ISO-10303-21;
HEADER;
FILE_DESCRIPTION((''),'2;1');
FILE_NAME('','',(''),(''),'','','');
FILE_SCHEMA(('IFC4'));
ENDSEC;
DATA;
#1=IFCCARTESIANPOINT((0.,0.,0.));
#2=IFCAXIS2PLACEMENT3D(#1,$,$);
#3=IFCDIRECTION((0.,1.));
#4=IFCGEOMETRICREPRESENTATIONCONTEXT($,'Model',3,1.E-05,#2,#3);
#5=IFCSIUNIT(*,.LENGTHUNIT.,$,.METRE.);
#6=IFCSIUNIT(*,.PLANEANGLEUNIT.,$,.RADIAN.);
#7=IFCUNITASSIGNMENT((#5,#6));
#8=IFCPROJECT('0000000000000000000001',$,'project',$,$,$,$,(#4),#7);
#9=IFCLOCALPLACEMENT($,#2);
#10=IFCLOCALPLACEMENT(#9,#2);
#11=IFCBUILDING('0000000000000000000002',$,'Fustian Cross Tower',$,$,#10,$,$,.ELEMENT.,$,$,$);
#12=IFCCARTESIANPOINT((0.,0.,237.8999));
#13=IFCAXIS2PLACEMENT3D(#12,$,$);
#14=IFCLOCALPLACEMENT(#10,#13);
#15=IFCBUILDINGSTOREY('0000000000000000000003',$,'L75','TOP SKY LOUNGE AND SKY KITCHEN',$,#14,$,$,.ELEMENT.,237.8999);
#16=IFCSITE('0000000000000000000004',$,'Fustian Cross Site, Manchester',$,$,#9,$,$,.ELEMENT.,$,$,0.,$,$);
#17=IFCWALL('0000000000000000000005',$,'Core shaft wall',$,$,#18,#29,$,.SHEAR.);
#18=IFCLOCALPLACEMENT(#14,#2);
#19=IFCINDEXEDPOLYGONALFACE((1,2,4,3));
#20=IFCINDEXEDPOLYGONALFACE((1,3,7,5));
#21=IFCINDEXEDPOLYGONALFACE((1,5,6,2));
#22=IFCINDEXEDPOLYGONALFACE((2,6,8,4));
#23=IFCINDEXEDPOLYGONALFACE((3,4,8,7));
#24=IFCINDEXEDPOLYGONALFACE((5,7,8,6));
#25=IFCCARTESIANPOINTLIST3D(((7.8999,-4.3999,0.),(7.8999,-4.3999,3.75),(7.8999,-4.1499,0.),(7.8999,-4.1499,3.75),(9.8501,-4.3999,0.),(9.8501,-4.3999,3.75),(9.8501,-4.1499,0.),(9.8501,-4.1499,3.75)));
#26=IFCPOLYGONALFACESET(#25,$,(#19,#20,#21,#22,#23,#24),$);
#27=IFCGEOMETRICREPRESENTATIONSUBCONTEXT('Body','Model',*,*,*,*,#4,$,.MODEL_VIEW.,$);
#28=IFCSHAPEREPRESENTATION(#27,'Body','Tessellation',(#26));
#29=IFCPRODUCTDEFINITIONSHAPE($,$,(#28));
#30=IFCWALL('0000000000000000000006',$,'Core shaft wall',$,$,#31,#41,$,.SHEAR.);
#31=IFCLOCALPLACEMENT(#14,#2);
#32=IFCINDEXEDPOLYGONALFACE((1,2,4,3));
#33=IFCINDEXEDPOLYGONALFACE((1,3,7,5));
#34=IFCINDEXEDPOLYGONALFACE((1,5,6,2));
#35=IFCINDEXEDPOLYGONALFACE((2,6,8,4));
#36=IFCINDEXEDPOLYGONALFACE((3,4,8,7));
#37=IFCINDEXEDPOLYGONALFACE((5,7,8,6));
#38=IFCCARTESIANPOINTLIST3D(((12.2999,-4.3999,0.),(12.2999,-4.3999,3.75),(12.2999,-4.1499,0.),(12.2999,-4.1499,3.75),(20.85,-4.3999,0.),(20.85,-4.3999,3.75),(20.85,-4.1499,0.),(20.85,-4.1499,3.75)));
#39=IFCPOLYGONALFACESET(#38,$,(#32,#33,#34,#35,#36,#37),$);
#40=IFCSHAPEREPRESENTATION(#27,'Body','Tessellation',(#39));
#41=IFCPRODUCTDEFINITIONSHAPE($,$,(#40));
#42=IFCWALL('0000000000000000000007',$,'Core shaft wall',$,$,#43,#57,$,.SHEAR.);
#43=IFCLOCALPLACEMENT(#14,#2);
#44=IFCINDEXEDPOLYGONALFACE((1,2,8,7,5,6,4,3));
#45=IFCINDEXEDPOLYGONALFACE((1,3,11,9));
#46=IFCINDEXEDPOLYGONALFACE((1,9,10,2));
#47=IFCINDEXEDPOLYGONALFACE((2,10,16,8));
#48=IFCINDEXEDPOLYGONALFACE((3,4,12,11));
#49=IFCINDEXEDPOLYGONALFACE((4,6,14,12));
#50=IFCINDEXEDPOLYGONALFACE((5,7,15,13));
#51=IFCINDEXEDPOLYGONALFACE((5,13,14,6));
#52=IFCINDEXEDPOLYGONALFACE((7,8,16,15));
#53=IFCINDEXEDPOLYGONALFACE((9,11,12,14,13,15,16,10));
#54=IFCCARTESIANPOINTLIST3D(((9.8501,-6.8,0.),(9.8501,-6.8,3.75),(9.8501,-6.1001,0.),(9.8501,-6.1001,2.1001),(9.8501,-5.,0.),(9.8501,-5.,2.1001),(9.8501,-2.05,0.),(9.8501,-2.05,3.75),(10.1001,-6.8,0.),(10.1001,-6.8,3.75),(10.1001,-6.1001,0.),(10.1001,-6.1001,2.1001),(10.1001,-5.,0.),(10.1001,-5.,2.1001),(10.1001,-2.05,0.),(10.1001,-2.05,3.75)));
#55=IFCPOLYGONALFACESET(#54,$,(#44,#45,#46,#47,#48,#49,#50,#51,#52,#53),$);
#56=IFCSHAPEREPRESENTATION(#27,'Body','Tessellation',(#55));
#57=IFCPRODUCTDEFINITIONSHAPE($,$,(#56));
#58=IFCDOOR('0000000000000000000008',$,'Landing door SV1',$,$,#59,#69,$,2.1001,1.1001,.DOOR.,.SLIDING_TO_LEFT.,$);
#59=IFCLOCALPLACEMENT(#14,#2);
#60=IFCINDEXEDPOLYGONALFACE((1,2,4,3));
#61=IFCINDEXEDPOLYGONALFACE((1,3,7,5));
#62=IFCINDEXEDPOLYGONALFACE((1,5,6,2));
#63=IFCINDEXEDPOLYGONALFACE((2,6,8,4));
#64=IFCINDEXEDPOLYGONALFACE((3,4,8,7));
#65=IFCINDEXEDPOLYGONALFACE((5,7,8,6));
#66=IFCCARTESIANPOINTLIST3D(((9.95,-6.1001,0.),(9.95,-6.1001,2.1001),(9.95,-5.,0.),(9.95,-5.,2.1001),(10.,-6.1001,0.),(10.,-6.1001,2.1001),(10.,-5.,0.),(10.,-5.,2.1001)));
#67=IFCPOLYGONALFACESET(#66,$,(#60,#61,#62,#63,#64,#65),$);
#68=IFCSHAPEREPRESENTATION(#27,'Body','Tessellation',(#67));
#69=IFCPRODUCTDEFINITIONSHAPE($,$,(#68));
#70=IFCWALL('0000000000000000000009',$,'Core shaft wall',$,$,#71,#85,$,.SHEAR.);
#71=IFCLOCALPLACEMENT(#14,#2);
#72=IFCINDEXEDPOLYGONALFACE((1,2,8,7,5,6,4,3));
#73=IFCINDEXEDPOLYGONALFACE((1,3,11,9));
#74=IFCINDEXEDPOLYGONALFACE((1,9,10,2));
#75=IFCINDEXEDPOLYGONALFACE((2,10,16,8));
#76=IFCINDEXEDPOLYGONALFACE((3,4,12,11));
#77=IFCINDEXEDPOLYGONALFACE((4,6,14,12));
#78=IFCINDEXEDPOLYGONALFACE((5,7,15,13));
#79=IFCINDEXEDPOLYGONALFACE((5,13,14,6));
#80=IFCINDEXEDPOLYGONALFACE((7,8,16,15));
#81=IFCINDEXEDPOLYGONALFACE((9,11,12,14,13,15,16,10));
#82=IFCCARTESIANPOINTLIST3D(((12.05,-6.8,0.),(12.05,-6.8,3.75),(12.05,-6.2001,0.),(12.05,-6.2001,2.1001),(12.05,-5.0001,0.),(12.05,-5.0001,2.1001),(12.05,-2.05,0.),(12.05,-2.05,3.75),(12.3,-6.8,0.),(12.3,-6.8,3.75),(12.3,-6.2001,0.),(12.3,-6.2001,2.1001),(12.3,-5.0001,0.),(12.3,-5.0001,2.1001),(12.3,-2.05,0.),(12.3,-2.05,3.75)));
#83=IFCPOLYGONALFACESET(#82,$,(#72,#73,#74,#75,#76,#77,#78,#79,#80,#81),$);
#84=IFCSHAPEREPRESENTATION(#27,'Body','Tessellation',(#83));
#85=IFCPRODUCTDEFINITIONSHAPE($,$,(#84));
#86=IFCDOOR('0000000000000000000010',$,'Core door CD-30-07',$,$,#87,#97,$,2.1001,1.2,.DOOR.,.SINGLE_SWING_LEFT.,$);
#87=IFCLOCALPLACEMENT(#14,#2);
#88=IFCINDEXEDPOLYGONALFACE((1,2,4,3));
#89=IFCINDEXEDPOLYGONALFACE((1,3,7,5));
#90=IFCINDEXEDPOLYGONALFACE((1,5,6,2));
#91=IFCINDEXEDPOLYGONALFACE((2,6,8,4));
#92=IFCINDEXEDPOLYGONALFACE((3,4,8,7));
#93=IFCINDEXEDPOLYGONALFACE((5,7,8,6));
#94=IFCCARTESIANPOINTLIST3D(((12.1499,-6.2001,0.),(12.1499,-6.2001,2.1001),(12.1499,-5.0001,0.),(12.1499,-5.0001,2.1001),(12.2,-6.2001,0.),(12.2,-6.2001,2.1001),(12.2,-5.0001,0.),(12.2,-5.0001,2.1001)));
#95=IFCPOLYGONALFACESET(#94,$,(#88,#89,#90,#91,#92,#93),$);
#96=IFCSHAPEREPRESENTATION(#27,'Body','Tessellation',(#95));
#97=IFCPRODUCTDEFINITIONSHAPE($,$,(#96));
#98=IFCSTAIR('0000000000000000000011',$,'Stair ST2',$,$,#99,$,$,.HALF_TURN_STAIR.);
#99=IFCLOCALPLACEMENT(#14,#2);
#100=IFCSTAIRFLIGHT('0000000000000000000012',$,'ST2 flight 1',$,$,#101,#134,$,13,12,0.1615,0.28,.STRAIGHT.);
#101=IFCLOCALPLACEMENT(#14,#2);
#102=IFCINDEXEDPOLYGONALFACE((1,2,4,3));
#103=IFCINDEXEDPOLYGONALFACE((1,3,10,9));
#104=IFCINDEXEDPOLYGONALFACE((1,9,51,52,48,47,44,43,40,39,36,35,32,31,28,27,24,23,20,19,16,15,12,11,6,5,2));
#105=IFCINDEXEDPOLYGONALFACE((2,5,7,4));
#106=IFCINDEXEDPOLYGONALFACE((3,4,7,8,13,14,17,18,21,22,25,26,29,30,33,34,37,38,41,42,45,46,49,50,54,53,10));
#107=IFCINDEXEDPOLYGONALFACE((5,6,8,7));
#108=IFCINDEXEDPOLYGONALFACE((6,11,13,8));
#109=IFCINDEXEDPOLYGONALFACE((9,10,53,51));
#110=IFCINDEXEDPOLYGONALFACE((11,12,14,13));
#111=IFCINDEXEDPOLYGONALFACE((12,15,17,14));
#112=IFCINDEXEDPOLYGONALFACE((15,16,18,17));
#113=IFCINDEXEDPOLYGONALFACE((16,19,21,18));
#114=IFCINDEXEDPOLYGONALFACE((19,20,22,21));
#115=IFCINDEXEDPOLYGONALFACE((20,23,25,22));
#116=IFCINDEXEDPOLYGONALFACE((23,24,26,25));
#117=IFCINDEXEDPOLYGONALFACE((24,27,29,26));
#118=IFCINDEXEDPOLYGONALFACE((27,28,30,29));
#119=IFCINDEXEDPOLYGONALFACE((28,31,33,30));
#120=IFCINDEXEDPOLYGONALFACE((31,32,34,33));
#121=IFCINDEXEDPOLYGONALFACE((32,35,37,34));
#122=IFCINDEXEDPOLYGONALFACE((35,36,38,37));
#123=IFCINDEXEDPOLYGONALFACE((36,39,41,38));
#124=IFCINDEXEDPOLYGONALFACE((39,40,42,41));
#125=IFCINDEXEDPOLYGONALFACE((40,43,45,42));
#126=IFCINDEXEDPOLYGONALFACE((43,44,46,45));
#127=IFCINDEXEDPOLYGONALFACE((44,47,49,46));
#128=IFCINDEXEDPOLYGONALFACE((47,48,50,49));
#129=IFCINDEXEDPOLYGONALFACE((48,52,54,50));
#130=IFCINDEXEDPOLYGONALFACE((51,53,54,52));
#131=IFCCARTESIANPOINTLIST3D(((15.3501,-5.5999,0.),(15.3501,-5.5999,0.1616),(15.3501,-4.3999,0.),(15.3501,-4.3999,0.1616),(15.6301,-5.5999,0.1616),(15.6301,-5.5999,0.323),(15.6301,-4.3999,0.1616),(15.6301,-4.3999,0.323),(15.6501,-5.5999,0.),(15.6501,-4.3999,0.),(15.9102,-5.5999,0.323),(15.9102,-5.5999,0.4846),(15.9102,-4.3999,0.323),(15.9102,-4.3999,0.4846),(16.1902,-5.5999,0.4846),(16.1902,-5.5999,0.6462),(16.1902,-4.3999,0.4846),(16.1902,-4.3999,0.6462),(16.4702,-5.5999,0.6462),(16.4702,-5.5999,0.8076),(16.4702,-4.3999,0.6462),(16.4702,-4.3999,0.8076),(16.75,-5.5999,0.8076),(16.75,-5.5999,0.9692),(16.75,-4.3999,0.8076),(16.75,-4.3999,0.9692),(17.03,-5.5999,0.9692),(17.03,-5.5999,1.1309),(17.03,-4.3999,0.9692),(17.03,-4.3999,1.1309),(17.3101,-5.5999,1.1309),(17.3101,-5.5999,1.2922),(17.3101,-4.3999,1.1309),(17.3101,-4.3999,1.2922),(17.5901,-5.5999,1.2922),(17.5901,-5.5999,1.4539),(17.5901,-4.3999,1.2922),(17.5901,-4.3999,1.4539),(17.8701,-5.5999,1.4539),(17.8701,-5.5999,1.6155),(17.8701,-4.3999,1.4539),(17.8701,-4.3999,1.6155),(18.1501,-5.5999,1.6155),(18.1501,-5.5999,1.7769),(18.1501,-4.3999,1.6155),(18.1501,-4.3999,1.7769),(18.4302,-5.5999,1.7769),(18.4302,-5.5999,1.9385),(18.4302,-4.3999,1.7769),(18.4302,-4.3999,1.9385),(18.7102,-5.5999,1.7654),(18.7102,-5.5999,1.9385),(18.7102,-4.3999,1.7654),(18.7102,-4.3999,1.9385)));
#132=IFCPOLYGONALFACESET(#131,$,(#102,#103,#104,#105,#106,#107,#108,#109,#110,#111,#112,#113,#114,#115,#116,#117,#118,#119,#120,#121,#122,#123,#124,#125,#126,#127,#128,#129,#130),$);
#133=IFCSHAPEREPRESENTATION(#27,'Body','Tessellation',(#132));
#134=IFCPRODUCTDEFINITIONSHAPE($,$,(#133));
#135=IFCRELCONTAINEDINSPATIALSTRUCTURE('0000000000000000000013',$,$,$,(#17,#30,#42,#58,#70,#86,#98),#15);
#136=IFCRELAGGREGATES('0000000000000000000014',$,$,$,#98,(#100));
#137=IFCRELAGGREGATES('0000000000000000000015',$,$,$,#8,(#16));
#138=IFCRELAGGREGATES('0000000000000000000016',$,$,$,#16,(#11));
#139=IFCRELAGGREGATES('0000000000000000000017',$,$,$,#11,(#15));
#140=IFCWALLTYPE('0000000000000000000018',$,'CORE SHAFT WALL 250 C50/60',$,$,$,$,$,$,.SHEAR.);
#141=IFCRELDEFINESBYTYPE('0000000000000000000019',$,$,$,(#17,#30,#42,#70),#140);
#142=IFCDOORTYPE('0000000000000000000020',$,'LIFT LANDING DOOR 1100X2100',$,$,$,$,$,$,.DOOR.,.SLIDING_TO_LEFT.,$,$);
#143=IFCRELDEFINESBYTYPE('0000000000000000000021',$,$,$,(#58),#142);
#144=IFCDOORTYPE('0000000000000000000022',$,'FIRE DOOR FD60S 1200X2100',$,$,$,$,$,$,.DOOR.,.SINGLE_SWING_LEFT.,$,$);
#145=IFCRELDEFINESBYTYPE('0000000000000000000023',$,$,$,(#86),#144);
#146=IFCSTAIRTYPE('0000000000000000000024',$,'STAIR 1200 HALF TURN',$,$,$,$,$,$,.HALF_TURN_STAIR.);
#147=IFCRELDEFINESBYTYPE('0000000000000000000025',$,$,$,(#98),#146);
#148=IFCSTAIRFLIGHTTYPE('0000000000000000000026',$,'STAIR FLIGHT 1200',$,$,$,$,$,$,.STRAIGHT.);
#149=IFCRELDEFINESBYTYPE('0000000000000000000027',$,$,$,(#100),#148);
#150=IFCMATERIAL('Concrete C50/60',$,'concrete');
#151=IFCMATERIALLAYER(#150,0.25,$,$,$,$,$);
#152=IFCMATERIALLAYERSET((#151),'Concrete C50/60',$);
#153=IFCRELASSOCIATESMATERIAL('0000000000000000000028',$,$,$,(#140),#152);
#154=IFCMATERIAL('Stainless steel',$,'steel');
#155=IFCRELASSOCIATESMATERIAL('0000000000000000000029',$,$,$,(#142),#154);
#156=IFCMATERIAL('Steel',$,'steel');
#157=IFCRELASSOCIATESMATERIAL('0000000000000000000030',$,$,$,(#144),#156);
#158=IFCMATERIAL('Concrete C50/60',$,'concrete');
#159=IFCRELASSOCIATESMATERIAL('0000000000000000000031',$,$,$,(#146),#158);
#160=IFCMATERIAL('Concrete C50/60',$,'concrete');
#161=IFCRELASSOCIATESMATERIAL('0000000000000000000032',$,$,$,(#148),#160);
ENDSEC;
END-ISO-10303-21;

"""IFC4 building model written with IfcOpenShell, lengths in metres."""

from ifc_helpers import new_model, si_unit, direction, frame, frame_2d, origin, place, context, subcontext, project, spatial, polyline, rectangle, outline, extrude, material, layer, layer_set, type_object, element, fill, aggregate, save


model = new_model("IFC4")

# Units and contexts
model_context = context("Model", 3, precision=1e-05, world=origin(), true_north=direction((0.0, 1.0)))
body_context = subcontext(model_context, "Body", "Model", "MODEL_VIEW")
ifc_project = project(units=[si_unit("LENGTHUNIT", "METRE"), si_unit("PLANEANGLEUNIT", "RADIAN")], contexts=[model_context])

# Site, building, storey
site_placement = place(None, origin())
site = spatial("IfcSite", under=ifc_project, at=site_placement, Name="Fustian Cross Site, Manchester", CompositionType="ELEMENT", RefElevation=0.0)
building_placement = place(site_placement, origin())
building = spatial("IfcBuilding", under=site, at=building_placement, Name="Fustian Cross Tower", CompositionType="ELEMENT")
storey_placement = place(building_placement, frame((0.0, 0.0, 237.8999)))
storey = spatial("IfcBuildingStorey", under=building, at=storey_placement, Name="L75", Description="TOP SKY LOUNGE AND SKY KITCHEN", CompositionType="ELEMENT", Elevation=237.8999)

# Walls
ifc_material_1 = material(Name="Concrete C50/60", Category="concrete")
ifc_layer_1 = layer(ifc_material_1, 0.25)
ifc_layer_set_1 = layer_set([ifc_layer_1], Name="Concrete C50/60")
wall_type_1 = type_object("IfcWallType", Name="CORE SHAFT WALL 250 C50/60", PredefinedType="SHEAR", material=ifc_layer_set_1)
wall_1_placement = place(storey_placement, frame((7.8999, -4.2749, 0.0), z_axis=(0.0, 0.0, 1.0), x_axis=(1.0, 0.0, 0.0)))
element("IfcWall", 1, at=wall_1_placement, inside=storey, type_object=wall_type_1, Name="Core shaft wall", PredefinedType="SHEAR", context=body_context, shape_type="SweptSolid", body=[
    extrude(rectangle(XDim=1.9502, YDim=0.25, at=frame_2d((0.9751, 0.0))), origin(), (0.0, 0.0, 1.0), 3.75),
])
wall_2_placement = place(storey_placement, frame((12.3, -4.2749, 0.0), z_axis=(0.0, 0.0, 1.0), x_axis=(1.0, 0.0, 0.0)))
element("IfcWall", 2, at=wall_2_placement, inside=storey, type_object=wall_type_1, Name="Core shaft wall", PredefinedType="SHEAR", context=body_context, shape_type="SweptSolid", body=[
    extrude(rectangle(XDim=8.55, YDim=0.25, at=frame_2d((4.2749, 0.0))), origin(), (0.0, 0.0, 1.0), 3.75),
])

# Walls, openings, doors
wall_3_placement = place(storey_placement, frame((9.9751, -2.05, 0.0), z_axis=(0.0, 0.0, 1.0), x_axis=(0.0, -1.0, 0.0)))
wall_3 = element("IfcWall", 3, at=wall_3_placement, inside=storey, type_object=wall_type_1, Name="Core shaft wall", PredefinedType="SHEAR", context=body_context, shape_type="SweptSolid", body=[
    extrude(rectangle(XDim=4.75, YDim=0.25, at=frame_2d((2.375, 0.0))), origin(), (0.0, 0.0, 1.0), 3.75),
])
opening_1_placement = place(wall_3_placement, frame((2.95, 0.0, 0.0)))
opening_1 = element("IfcOpeningElement", 4, at=opening_1_placement, cuts=wall_3, PredefinedType="OPENING", context=body_context, shape_type="SweptSolid", body=[
    extrude(rectangle(XDim=1.1001, YDim=2.1001, at=frame_2d((0.55, 1.05))), frame((0.0, 0.135, 0.0), z_axis=(0.0, -1.0, 0.0), x_axis=(1.0, 0.0, 0.0)), (0.0, 0.0, 1.0), 0.27),
])
ifc_material_2 = material(Name="Stainless steel", Category="steel")
door_type_1 = type_object("IfcDoorType", Name="LIFT LANDING DOOR 1100X2100", OperationType="SLIDING_TO_LEFT", PredefinedType="DOOR", material=ifc_material_2)
door_1_placement = place(opening_1_placement, origin())
door_1 = element("IfcDoor", 5, at=door_1_placement, inside=storey, type_object=door_type_1, Name="Landing door SV1", OperationType="SLIDING_TO_LEFT", OverallHeight=2.1001, OverallWidth=1.1001, PredefinedType="DOOR", context=body_context, shape_type="SweptSolid", body=[
    extrude(rectangle(XDim=1.1001, YDim=2.1001, at=frame_2d((0.55, 1.05))), frame((0.0, 0.0249, 0.0), z_axis=(0.0, -1.0, 0.0), x_axis=(1.0, 0.0, 0.0)), (0.0, 0.0, 1.0), 0.05),
])
fill(opening_1, door_1)
wall_4_placement = place(storey_placement, frame((12.175, -2.05, 0.0), z_axis=(0.0, 0.0, 1.0), x_axis=(0.0, -1.0, 0.0)))
wall_4 = element("IfcWall", 6, at=wall_4_placement, inside=storey, type_object=wall_type_1, Name="Core shaft wall", PredefinedType="SHEAR", context=body_context, shape_type="SweptSolid", body=[
    extrude(rectangle(XDim=4.75, YDim=0.25, at=frame_2d((2.375, 0.0))), origin(), (0.0, 0.0, 1.0), 3.75),
])
opening_2_placement = place(wall_4_placement, frame((2.95, 0.0, 0.0)))
opening_2 = element("IfcOpeningElement", 7, at=opening_2_placement, cuts=wall_4, PredefinedType="OPENING", context=body_context, shape_type="SweptSolid", body=[
    extrude(rectangle(XDim=1.2, YDim=2.1001, at=frame_2d((0.6001, 1.05))), frame((0.0, 0.135, 0.0), z_axis=(0.0, -1.0, 0.0), x_axis=(1.0, 0.0, 0.0)), (0.0, 0.0, 1.0), 0.27),
])
ifc_material_3 = material(Name="Steel", Category="steel")
door_type_2 = type_object("IfcDoorType", Name="FIRE DOOR FD60S 1200X2100", OperationType="SINGLE_SWING_LEFT", PredefinedType="DOOR", material=ifc_material_3)
door_2_placement = place(opening_2_placement, origin())
door_2 = element("IfcDoor", 8, at=door_2_placement, inside=storey, type_object=door_type_2, Name="Core door CD-30-07", OperationType="SINGLE_SWING_LEFT", OverallHeight=2.1001, OverallWidth=1.2, PredefinedType="DOOR", context=body_context, shape_type="SweptSolid", body=[
    extrude(rectangle(XDim=1.2, YDim=2.1001, at=frame_2d((0.6001, 1.05))), frame((0.0, 0.0249, 0.0), z_axis=(0.0, -1.0, 0.0), x_axis=(1.0, 0.0, 0.0)), (0.0, 0.0, 1.0), 0.05),
])
fill(opening_2, door_2)

# Stair, stair flight
ifc_material_4 = material(Name="Concrete C50/60", Category="concrete")
stair_type = type_object("IfcStairType", Name="STAIR 1200 HALF TURN", PredefinedType="HALF_TURN_STAIR", material=ifc_material_4)
stair_placement = place(storey_placement, origin())
stair = element("IfcStair", 9, at=stair_placement, inside=storey, type_object=stair_type, Name="Stair ST2", PredefinedType="HALF_TURN_STAIR")
ifc_material_5 = material(Name="Concrete C50/60", Category="concrete")
stair_flight_type = type_object("IfcStairFlightType", Name="STAIR FLIGHT 1200", PredefinedType="STRAIGHT", material=ifc_material_5)
stair_flight_placement = place(storey_placement, frame((15.3501, -5.0, 0.0), z_axis=(0.0, 0.0, 1.0), x_axis=(1.0, 0.0, 0.0)))
stair_flight = element("IfcStairFlight", 10, at=stair_flight_placement, type_object=stair_flight_type, Name="ST2 flight 1", NumberOfRisers=13, NumberOfTreads=12, PredefinedType="STRAIGHT", RiserHeight=0.1615, TreadLength=0.28, context=body_context, shape_type="SweptSolid", body=[
    extrude(outline(polyline([(0.0, 0.0), (0.0, 0.1616), (0.28, 0.1616), (0.28, 0.323), (0.5601, 0.323), (0.5601, 0.4846), (0.8401, 0.4846), (0.8401, 0.6462), (1.1201, 0.6462), (1.1201, 0.8076), (1.3999, 0.8076), (1.3999, 0.9692), (1.6799, 0.9692), (1.6799, 1.1309), (1.96, 1.1309), (1.96, 1.2922), (2.24, 1.2922), (2.24, 1.4539), (2.52, 1.4539), (2.52, 1.6155), (2.8, 1.6155), (2.8, 1.7769), (3.0801, 1.7769), (3.0801, 1.9385), (3.3601, 1.9385), (3.3601, 2.1001), (3.3601, 1.7654), (0.3, 0.0), (0.0, 0.0)])), frame((0.0, 0.6001, 0.0), z_axis=(0.0, -1.0, 0.0), x_axis=(1.0, 0.0, 0.0)), (0.0, 0.0, 1.0), 1.2),
])
aggregate(stair, [stair_flight])

save(model, "model.ifc")
